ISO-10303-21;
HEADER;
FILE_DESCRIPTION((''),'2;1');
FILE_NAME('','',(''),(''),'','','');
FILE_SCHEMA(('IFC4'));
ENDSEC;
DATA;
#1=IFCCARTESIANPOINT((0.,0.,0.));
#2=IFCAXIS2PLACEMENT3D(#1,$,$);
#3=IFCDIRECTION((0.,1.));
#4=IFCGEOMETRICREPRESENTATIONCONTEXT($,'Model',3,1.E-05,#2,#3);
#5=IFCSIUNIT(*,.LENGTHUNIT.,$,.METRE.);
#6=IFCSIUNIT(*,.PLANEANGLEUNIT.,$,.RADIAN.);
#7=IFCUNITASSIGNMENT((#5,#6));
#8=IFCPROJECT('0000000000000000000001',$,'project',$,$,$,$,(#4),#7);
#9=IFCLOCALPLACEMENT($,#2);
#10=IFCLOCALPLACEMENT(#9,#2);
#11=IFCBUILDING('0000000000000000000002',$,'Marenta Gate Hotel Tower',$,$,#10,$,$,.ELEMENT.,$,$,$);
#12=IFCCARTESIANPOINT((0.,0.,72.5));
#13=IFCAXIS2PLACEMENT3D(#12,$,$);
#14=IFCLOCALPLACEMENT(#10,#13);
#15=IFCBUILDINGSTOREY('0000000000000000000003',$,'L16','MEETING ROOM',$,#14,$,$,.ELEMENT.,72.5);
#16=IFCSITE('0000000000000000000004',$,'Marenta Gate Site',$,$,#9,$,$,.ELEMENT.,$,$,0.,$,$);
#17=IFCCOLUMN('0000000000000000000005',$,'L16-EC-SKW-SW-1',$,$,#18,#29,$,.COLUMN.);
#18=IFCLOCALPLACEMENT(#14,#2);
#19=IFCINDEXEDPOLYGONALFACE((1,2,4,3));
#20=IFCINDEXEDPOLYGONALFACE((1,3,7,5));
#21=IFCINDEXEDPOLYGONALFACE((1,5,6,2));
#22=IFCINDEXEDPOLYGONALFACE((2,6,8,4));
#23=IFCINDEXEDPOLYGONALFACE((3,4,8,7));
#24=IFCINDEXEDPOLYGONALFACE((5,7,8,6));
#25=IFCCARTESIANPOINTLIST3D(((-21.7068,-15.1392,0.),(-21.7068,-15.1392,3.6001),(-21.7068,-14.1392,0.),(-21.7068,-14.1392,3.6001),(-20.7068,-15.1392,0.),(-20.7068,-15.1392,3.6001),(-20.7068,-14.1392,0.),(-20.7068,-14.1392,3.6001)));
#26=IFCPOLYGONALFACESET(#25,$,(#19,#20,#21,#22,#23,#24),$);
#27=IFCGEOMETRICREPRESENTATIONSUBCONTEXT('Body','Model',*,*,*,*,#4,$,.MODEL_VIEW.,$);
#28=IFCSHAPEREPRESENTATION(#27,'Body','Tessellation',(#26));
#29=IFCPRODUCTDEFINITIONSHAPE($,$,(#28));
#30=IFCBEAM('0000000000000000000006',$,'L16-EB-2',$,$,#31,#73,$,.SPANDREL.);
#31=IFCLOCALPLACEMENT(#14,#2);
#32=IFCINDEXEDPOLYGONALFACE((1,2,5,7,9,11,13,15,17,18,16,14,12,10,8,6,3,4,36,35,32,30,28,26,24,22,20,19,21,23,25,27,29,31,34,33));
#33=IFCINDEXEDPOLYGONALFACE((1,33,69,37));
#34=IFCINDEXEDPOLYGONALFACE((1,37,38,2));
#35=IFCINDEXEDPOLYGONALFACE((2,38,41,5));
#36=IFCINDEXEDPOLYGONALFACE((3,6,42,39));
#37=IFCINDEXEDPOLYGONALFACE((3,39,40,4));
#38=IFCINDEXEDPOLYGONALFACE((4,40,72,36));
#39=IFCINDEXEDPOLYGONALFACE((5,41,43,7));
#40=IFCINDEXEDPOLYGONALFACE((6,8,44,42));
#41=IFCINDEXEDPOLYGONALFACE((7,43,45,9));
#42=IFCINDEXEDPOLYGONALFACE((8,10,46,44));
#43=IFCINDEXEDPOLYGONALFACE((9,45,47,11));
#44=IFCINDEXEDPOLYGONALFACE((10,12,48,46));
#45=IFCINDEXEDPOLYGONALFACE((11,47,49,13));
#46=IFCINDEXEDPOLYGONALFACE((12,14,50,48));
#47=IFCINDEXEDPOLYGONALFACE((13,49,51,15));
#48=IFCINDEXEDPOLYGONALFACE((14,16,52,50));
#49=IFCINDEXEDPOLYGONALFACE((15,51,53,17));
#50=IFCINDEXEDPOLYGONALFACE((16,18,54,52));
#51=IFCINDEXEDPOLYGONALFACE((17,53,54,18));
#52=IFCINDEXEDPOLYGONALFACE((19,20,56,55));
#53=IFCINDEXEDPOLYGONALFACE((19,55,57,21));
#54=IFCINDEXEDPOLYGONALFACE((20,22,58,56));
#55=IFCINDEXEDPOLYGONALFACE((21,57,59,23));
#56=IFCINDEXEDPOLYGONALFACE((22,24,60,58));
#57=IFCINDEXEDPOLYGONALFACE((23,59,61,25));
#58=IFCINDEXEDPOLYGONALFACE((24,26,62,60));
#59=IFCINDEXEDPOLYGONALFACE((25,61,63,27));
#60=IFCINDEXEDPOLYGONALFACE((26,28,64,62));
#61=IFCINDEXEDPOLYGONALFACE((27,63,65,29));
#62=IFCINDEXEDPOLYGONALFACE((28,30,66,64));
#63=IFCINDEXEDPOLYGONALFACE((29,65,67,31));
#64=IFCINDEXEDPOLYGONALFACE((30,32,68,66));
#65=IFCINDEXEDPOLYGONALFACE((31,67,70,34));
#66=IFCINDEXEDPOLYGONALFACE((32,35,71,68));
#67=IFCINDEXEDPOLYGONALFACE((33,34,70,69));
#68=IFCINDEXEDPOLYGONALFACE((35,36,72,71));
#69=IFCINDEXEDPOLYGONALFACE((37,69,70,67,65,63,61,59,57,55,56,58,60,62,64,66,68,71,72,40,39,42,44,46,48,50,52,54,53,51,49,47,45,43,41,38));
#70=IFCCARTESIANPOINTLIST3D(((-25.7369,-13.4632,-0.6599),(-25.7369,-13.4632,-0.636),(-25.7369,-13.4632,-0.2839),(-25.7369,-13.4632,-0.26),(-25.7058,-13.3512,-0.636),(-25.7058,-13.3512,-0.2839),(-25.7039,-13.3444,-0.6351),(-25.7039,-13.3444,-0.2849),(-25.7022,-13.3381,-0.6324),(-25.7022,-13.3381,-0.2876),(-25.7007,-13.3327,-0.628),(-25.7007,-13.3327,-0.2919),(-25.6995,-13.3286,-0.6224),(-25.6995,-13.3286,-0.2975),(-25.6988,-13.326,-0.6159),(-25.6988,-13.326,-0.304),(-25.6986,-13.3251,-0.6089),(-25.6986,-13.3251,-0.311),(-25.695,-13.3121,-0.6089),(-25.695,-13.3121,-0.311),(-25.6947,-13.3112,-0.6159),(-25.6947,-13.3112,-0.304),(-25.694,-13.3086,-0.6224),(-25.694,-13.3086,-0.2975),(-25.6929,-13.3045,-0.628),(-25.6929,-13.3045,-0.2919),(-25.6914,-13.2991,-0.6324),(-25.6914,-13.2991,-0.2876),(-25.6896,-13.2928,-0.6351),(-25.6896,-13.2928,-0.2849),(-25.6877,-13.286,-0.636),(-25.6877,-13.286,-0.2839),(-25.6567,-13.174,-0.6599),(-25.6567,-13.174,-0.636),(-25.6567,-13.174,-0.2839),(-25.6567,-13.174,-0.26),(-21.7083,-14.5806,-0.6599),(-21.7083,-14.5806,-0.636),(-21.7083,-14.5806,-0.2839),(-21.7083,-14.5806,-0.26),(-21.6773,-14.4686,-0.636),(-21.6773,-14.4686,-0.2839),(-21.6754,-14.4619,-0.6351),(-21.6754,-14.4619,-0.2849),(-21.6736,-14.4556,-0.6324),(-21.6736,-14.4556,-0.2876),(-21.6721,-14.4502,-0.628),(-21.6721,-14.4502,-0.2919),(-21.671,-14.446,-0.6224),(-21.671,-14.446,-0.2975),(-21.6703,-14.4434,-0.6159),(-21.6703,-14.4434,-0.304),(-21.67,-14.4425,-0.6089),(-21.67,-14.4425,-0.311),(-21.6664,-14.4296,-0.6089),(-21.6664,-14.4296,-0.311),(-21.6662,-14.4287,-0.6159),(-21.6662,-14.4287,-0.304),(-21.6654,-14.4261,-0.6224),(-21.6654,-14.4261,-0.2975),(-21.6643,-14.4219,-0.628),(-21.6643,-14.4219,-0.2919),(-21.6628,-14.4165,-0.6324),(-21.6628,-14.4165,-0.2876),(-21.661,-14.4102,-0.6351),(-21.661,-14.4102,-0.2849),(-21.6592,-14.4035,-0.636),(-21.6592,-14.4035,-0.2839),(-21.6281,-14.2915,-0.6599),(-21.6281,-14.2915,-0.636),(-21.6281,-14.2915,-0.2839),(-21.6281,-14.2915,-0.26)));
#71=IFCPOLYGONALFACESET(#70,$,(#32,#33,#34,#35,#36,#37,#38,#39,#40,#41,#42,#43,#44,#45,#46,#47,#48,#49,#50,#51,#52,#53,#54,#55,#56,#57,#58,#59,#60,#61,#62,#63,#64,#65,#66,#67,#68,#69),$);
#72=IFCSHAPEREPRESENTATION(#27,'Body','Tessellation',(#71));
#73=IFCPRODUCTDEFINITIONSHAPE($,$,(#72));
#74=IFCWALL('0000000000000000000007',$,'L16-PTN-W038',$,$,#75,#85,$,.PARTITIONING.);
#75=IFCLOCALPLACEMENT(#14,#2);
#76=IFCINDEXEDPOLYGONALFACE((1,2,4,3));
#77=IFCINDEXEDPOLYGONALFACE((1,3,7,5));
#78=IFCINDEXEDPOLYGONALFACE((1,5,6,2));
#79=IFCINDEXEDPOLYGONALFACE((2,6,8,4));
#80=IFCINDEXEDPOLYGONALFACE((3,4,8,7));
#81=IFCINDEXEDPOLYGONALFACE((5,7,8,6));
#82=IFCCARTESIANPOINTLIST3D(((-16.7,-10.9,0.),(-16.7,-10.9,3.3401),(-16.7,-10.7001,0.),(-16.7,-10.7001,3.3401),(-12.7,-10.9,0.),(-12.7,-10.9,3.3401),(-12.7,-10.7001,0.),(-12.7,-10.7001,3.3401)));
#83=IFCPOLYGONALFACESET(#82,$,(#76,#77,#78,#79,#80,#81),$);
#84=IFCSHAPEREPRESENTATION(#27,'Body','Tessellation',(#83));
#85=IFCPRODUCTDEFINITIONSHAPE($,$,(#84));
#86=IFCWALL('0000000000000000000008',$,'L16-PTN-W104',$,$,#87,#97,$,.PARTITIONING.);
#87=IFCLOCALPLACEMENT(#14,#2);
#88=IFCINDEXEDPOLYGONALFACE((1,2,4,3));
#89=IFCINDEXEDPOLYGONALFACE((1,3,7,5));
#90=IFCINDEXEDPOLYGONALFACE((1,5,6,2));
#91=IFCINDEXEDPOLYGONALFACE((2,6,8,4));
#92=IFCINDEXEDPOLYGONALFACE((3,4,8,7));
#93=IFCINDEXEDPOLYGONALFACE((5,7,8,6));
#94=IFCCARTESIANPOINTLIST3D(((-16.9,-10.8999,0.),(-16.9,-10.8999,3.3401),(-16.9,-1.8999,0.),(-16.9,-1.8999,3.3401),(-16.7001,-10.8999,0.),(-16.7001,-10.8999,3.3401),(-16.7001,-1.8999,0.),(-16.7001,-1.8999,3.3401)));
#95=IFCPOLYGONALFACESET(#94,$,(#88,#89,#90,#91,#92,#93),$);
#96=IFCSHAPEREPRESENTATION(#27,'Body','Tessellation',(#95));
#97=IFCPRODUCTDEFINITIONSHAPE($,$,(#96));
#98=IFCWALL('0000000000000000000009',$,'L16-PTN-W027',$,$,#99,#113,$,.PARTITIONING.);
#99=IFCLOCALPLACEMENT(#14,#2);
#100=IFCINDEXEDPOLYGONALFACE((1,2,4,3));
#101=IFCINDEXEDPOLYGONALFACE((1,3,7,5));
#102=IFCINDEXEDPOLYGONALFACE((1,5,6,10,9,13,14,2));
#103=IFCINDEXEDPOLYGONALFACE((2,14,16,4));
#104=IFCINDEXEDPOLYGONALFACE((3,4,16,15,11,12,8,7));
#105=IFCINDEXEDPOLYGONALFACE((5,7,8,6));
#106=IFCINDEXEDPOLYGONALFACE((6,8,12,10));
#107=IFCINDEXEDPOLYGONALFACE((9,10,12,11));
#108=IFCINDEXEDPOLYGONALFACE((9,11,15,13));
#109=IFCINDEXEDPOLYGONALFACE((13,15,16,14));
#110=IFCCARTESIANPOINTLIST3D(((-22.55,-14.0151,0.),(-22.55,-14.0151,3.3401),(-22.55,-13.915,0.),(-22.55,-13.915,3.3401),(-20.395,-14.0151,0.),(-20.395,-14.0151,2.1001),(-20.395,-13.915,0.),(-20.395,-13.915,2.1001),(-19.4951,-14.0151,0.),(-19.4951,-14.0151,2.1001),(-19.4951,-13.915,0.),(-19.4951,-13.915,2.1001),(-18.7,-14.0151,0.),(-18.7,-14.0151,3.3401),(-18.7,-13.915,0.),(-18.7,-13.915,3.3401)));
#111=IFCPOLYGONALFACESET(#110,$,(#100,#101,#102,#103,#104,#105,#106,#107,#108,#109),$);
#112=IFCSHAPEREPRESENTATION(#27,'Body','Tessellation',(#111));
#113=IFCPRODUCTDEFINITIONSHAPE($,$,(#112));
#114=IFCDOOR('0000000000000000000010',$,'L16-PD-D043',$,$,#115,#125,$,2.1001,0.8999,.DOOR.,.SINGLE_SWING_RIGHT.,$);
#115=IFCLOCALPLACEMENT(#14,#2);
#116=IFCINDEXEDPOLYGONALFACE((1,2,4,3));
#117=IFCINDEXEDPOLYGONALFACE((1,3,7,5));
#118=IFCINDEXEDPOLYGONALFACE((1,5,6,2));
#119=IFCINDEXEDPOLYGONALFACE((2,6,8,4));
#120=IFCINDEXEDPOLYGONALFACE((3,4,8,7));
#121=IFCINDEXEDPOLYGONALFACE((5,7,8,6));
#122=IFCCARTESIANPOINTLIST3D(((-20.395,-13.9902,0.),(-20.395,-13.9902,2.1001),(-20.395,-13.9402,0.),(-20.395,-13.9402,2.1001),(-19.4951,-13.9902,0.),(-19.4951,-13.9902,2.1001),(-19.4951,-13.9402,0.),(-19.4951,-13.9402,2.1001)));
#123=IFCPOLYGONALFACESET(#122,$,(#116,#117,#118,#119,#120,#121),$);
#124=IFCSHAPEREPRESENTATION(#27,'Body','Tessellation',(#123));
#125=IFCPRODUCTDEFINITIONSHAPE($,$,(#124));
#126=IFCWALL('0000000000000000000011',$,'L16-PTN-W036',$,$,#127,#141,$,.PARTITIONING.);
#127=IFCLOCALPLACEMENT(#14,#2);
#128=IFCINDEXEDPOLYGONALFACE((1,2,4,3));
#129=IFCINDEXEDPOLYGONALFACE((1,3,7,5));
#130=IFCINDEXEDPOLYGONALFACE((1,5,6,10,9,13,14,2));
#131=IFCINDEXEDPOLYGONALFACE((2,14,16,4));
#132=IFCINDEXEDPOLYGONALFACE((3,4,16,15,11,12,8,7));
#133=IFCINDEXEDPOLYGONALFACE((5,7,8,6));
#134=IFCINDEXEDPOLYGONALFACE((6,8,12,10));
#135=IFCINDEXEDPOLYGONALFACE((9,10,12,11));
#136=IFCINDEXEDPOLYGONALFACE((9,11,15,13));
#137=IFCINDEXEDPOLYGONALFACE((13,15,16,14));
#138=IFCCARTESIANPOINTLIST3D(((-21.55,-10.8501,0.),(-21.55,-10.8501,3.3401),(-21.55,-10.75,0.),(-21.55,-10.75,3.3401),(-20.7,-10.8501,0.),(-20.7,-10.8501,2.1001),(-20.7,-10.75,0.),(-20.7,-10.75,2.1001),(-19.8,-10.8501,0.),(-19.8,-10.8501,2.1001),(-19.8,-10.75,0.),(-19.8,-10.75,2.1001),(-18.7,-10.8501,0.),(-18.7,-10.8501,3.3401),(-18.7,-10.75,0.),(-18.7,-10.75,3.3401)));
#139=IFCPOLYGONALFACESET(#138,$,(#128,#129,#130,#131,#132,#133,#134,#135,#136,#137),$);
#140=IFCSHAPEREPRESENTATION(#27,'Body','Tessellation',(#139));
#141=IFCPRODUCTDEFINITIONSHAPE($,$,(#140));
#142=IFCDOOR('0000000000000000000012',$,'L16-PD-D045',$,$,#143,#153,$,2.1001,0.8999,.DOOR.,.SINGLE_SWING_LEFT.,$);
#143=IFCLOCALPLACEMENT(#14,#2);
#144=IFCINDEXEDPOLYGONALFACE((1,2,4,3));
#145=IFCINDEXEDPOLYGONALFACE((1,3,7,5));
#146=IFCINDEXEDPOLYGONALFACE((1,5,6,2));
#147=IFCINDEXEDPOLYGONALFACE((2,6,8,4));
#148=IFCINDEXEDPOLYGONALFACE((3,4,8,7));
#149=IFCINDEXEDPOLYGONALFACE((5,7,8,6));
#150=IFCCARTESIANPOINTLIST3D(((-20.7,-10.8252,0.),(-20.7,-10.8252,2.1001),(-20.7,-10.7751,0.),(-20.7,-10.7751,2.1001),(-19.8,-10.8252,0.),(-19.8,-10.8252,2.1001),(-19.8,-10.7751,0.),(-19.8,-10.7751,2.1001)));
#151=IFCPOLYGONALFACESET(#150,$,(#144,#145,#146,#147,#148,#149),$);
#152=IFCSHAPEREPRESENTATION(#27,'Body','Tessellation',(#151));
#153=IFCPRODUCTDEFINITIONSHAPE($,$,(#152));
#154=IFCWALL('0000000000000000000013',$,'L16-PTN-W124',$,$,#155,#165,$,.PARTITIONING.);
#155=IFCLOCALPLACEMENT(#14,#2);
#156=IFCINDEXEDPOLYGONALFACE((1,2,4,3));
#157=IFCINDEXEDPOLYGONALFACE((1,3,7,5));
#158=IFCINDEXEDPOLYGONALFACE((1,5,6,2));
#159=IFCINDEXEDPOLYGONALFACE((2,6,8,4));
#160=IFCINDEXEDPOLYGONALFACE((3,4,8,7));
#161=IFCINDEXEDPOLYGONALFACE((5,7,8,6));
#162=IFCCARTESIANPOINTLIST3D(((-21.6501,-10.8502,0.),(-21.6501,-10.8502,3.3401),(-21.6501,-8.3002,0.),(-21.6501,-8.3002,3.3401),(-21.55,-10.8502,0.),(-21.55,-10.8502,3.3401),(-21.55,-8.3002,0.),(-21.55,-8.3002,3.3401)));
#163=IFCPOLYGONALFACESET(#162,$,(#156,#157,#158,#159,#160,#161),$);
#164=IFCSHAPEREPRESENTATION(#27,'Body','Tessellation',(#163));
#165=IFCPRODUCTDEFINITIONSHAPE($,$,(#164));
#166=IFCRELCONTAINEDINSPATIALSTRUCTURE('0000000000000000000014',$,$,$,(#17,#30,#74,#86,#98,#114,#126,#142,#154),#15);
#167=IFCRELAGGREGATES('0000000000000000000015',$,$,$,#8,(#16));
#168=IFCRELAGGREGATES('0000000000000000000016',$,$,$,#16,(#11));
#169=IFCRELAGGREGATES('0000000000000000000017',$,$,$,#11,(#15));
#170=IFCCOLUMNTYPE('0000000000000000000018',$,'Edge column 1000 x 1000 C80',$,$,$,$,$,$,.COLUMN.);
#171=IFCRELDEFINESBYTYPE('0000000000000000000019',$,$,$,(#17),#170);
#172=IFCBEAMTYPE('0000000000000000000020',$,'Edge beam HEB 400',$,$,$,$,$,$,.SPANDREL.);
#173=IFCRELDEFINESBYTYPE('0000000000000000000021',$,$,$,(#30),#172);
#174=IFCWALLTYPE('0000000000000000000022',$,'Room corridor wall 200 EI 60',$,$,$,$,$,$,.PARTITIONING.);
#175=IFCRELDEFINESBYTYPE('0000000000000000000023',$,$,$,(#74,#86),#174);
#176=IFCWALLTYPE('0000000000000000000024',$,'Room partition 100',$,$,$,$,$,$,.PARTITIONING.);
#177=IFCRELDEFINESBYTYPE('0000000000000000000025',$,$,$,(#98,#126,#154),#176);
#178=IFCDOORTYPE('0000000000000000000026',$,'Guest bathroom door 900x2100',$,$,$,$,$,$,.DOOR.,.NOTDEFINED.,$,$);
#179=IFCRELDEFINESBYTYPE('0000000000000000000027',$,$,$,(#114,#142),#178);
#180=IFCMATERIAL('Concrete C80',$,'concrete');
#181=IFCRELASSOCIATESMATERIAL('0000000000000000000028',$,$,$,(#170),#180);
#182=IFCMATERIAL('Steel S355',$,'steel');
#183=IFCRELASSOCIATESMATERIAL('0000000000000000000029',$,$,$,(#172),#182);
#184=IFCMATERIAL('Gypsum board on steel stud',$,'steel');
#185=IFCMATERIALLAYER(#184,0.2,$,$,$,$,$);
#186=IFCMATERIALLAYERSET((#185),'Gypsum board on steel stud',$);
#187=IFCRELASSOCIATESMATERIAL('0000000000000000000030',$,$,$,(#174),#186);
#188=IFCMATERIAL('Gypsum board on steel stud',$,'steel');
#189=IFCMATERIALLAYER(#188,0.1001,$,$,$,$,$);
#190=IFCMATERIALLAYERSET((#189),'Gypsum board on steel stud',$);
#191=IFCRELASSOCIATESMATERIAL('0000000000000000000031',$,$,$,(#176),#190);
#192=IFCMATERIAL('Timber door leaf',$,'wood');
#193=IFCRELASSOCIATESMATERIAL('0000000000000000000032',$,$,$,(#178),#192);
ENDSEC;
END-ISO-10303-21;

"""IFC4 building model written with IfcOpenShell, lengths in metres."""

from ifc_helpers import new_model, si_unit, direction, frame, frame_2d, origin, origin_2d, place, context, subcontext, project, spatial, rectangle, i_section, extrude, material, layer, layer_set, material_profile, profile_set, type_object, element, fill, save


model = new_model("IFC4")

# Units and contexts
model_context = context("Model", 3, precision=1e-05, world=origin(), true_north=direction((0.0, 1.0)))
body_context = subcontext(model_context, "Body", "Model", "MODEL_VIEW")
ifc_project = project(units=[si_unit("LENGTHUNIT", "METRE"), si_unit("PLANEANGLEUNIT", "RADIAN")], contexts=[model_context])

# Site, building, storey
site_placement = place(None, origin())
site = spatial("IfcSite", under=ifc_project, at=site_placement, Name="Marenta Gate Site", CompositionType="ELEMENT", RefElevation=0.0)
building_placement = place(site_placement, origin())
building = spatial("IfcBuilding", under=site, at=building_placement, Name="Marenta Gate Hotel Tower", CompositionType="ELEMENT")
storey_placement = place(building_placement, frame((0.0, 0.0, 72.5)))
storey = spatial("IfcBuildingStorey", under=building, at=storey_placement, Name="L16", Description="MEETING ROOM", CompositionType="ELEMENT", Elevation=72.5)

# Column
ifc_material_1 = material(Name="Concrete C80", Category="concrete")
ifc_material_profile_1 = material_profile(ifc_material_1, rectangle(XDim=1.0, YDim=1.0, at=origin_2d()), Name="1000 x 1000")
ifc_profile_set_1 = profile_set([ifc_material_profile_1], Name="Concrete C80")
column_type = type_object("IfcColumnType", Name="Edge column 1000 x 1000 C80", PredefinedType="COLUMN", material=ifc_profile_set_1)
column_placement = place(storey_placement, frame((-21.2068, -14.6392, 0.0), z_axis=(0.0, 0.0, 1.0), x_axis=(1.0, 0.0, 0.0)))
element("IfcColumn", 1, at=column_placement, inside=storey, type_object=column_type, Name="L16-EC-SKW-SW-1", PredefinedType="COLUMN", context=body_context, shape_type="SweptSolid", body=[
    extrude(rectangle(XDim=1.0, YDim=1.0, at=origin_2d()), origin(), (0.0, 0.0, 1.0), 3.6001),
])

# Beam
ifc_material_2 = material(Name="Steel S355", Category="steel")
ifc_material_profile_2 = material_profile(ifc_material_2, i_section(OverallWidth=0.3, OverallDepth=0.3999, WebThickness=0.0134, FlangeThickness=0.0239, FilletRadius=0.0271, at=origin_2d()), Name="HEB 400")
ifc_profile_set_2 = profile_set([ifc_material_profile_2], Name="Steel S355")
beam_type = type_object("IfcBeamType", Name="Edge beam HEB 400", PredefinedType="SPANDREL", material=ifc_profile_set_2)
beam_placement = place(storey_placement, frame((-21.6682, -14.436, -0.46), z_axis=(-0.963617, 0.267285, 0.0), x_axis=(-0.267285, -0.963617, 0.0)))
element("IfcBeam", 2, at=beam_placement, inside=storey, type_object=beam_type, Name="L16-EB-2", PredefinedType="SPANDREL", context=body_context, shape_type="SweptSolid", body=[
    extrude(i_section(OverallWidth=0.3, OverallDepth=0.3999, WebThickness=0.0134, FlangeThickness=0.0239, FilletRadius=0.0271, at=origin_2d()), origin(), (0.0, 0.0, 1.0), 4.1807),
])

# Shared definitions
ifc_material_3 = material(Name="Gypsum board on steel stud", Category="steel")
ifc_layer_1 = layer(ifc_material_3, 0.2)
ifc_layer_set_1 = layer_set([ifc_layer_1], Name="Gypsum board on steel stud")
wall_type_1 = type_object("IfcWallType", Name="Room corridor wall 200 EI 60", PredefinedType="PARTITIONING", material=ifc_layer_set_1)

# Walls
wall_1_placement = place(storey_placement, frame((-16.7, -10.8, 0.0), z_axis=(0.0, 0.0, 1.0), x_axis=(1.0, 0.0, 0.0)))
element("IfcWall", 3, at=wall_1_placement, inside=storey, type_object=wall_type_1, Name="L16-PTN-W038", PredefinedType="PARTITIONING", context=body_context, shape_type="SweptSolid", body=[
    extrude(rectangle(XDim=4.0, YDim=0.2, at=frame_2d((2.0, 0.0))), origin(), (0.0, 0.0, 1.0), 3.3401),
])
wall_2_placement = place(storey_placement, frame((-16.8, -10.8999, 0.0), z_axis=(0.0, 0.0, 1.0), x_axis=(0.0, 1.0, 0.0)))
element("IfcWall", 4, at=wall_2_placement, inside=storey, type_object=wall_type_1, Name="L16-PTN-W104", PredefinedType="PARTITIONING", context=body_context, shape_type="SweptSolid", body=[
    extrude(rectangle(XDim=9.0, YDim=0.2, at=frame_2d((4.5, 0.0))), origin(), (0.0, 0.0, 1.0), 3.3401),
])

# Walls, openings, doors
ifc_material_4 = material(Name="Gypsum board on steel stud", Category="steel")
ifc_layer_2 = layer(ifc_material_4, 0.1001)
ifc_layer_set_2 = layer_set([ifc_layer_2], Name="Gypsum board on steel stud")
wall_type_2 = type_object("IfcWallType", Name="Room partition 100", PredefinedType="PARTITIONING", material=ifc_layer_set_2)
wall_3_placement = place(storey_placement, frame((-22.55, -13.9651, 0.0), z_axis=(0.0, 0.0, 1.0), x_axis=(1.0, 0.0, 0.0)))
wall_3 = element("IfcWall", 5, at=wall_3_placement, inside=storey, type_object=wall_type_2, Name="L16-PTN-W027", PredefinedType="PARTITIONING", context=body_context, shape_type="SweptSolid", body=[
    extrude(rectangle(XDim=3.8501, YDim=0.1001, at=frame_2d((1.925, 0.0))), origin(), (0.0, 0.0, 1.0), 3.3401),
])
opening_1_placement = place(wall_3_placement, frame((2.155, 0.0, 0.0)))
opening_1 = element("IfcOpeningElement", 6, at=opening_1_placement, cuts=wall_3, PredefinedType="OPENING", context=body_context, shape_type="SweptSolid", body=[
    extrude(rectangle(XDim=0.8999, YDim=2.1001, at=frame_2d((0.45, 1.05))), frame((0.0, 0.05, 0.0), z_axis=(0.0, -1.0, 0.0), x_axis=(1.0, 0.0, 0.0)), (0.0, 0.0, 1.0), 0.1001),
])
ifc_material_5 = material(Name="Timber door leaf", Category="wood")
door_type_1 = type_object("IfcDoorType", Name="Guest bathroom door 900x2100", OperationType="NOTDEFINED", PredefinedType="DOOR", material=ifc_material_5)
door_1_placement = place(opening_1_placement, origin())
door_1 = element("IfcDoor", 7, at=door_1_placement, inside=storey, type_object=door_type_1, Name="L16-PD-D043", OperationType="SINGLE_SWING_RIGHT", OverallHeight=2.1001, OverallWidth=0.8999, PredefinedType="DOOR", context=body_context, shape_type="SweptSolid", body=[
    extrude(rectangle(XDim=0.8999, YDim=2.1001, at=frame_2d((0.45, 1.05))), frame((0.0, 0.0249, 0.0), z_axis=(0.0, -1.0, 0.0), x_axis=(1.0, 0.0, 0.0)), (0.0, 0.0, 1.0), 0.05),
])
fill(opening_1, door_1)
wall_4_placement = place(storey_placement, frame((-21.55, -10.8, 0.0), z_axis=(0.0, 0.0, 1.0), x_axis=(1.0, 0.0, 0.0)))
wall_4 = element("IfcWall", 8, at=wall_4_placement, inside=storey, type_object=wall_type_2, Name="L16-PTN-W036", PredefinedType="PARTITIONING", context=body_context, shape_type="SweptSolid", body=[
    extrude(rectangle(XDim=2.8501, YDim=0.1001, at=frame_2d((1.425, 0.0))), origin(), (0.0, 0.0, 1.0), 3.3401),
])
opening_2_placement = place(wall_4_placement, frame((0.8501, 0.0, 0.0)))
opening_2 = element("IfcOpeningElement", 9, at=opening_2_placement, cuts=wall_4, PredefinedType="OPENING", context=body_context, shape_type="SweptSolid", body=[
    extrude(rectangle(XDim=0.8999, YDim=2.1001, at=frame_2d((0.45, 1.05))), frame((0.0, 0.05, 0.0), z_axis=(0.0, -1.0, 0.0), x_axis=(1.0, 0.0, 0.0)), (0.0, 0.0, 1.0), 0.1001),
])
door_2_placement = place(opening_2_placement, origin())
door_2 = element("IfcDoor", 10, at=door_2_placement, inside=storey, type_object=door_type_1, Name="L16-PD-D045", OperationType="SINGLE_SWING_LEFT", OverallHeight=2.1001, OverallWidth=0.8999, PredefinedType="DOOR", context=body_context, shape_type="SweptSolid", body=[
    extrude(rectangle(XDim=0.8999, YDim=2.1001, at=frame_2d((0.45, 1.05))), frame((0.0, 0.0249, 0.0), z_axis=(0.0, -1.0, 0.0), x_axis=(1.0, 0.0, 0.0)), (0.0, 0.0, 1.0), 0.05),
])
fill(opening_2, door_2)

# Wall
wall_5_placement = place(storey_placement, frame((-21.6001, -10.8501, 0.0), z_axis=(0.0, 0.0, 1.0), x_axis=(0.0, 1.0, 0.0)))
element("IfcWall", 11, at=wall_5_placement, inside=storey, type_object=wall_type_2, Name="L16-PTN-W124", PredefinedType="PARTITIONING", context=body_context, shape_type="SweptSolid", body=[
    extrude(rectangle(XDim=2.55, YDim=0.1001, at=frame_2d((1.2749, 0.0))), origin(), (0.0, 0.0, 1.0), 3.3401),
])

save(model, "model.ifc")
